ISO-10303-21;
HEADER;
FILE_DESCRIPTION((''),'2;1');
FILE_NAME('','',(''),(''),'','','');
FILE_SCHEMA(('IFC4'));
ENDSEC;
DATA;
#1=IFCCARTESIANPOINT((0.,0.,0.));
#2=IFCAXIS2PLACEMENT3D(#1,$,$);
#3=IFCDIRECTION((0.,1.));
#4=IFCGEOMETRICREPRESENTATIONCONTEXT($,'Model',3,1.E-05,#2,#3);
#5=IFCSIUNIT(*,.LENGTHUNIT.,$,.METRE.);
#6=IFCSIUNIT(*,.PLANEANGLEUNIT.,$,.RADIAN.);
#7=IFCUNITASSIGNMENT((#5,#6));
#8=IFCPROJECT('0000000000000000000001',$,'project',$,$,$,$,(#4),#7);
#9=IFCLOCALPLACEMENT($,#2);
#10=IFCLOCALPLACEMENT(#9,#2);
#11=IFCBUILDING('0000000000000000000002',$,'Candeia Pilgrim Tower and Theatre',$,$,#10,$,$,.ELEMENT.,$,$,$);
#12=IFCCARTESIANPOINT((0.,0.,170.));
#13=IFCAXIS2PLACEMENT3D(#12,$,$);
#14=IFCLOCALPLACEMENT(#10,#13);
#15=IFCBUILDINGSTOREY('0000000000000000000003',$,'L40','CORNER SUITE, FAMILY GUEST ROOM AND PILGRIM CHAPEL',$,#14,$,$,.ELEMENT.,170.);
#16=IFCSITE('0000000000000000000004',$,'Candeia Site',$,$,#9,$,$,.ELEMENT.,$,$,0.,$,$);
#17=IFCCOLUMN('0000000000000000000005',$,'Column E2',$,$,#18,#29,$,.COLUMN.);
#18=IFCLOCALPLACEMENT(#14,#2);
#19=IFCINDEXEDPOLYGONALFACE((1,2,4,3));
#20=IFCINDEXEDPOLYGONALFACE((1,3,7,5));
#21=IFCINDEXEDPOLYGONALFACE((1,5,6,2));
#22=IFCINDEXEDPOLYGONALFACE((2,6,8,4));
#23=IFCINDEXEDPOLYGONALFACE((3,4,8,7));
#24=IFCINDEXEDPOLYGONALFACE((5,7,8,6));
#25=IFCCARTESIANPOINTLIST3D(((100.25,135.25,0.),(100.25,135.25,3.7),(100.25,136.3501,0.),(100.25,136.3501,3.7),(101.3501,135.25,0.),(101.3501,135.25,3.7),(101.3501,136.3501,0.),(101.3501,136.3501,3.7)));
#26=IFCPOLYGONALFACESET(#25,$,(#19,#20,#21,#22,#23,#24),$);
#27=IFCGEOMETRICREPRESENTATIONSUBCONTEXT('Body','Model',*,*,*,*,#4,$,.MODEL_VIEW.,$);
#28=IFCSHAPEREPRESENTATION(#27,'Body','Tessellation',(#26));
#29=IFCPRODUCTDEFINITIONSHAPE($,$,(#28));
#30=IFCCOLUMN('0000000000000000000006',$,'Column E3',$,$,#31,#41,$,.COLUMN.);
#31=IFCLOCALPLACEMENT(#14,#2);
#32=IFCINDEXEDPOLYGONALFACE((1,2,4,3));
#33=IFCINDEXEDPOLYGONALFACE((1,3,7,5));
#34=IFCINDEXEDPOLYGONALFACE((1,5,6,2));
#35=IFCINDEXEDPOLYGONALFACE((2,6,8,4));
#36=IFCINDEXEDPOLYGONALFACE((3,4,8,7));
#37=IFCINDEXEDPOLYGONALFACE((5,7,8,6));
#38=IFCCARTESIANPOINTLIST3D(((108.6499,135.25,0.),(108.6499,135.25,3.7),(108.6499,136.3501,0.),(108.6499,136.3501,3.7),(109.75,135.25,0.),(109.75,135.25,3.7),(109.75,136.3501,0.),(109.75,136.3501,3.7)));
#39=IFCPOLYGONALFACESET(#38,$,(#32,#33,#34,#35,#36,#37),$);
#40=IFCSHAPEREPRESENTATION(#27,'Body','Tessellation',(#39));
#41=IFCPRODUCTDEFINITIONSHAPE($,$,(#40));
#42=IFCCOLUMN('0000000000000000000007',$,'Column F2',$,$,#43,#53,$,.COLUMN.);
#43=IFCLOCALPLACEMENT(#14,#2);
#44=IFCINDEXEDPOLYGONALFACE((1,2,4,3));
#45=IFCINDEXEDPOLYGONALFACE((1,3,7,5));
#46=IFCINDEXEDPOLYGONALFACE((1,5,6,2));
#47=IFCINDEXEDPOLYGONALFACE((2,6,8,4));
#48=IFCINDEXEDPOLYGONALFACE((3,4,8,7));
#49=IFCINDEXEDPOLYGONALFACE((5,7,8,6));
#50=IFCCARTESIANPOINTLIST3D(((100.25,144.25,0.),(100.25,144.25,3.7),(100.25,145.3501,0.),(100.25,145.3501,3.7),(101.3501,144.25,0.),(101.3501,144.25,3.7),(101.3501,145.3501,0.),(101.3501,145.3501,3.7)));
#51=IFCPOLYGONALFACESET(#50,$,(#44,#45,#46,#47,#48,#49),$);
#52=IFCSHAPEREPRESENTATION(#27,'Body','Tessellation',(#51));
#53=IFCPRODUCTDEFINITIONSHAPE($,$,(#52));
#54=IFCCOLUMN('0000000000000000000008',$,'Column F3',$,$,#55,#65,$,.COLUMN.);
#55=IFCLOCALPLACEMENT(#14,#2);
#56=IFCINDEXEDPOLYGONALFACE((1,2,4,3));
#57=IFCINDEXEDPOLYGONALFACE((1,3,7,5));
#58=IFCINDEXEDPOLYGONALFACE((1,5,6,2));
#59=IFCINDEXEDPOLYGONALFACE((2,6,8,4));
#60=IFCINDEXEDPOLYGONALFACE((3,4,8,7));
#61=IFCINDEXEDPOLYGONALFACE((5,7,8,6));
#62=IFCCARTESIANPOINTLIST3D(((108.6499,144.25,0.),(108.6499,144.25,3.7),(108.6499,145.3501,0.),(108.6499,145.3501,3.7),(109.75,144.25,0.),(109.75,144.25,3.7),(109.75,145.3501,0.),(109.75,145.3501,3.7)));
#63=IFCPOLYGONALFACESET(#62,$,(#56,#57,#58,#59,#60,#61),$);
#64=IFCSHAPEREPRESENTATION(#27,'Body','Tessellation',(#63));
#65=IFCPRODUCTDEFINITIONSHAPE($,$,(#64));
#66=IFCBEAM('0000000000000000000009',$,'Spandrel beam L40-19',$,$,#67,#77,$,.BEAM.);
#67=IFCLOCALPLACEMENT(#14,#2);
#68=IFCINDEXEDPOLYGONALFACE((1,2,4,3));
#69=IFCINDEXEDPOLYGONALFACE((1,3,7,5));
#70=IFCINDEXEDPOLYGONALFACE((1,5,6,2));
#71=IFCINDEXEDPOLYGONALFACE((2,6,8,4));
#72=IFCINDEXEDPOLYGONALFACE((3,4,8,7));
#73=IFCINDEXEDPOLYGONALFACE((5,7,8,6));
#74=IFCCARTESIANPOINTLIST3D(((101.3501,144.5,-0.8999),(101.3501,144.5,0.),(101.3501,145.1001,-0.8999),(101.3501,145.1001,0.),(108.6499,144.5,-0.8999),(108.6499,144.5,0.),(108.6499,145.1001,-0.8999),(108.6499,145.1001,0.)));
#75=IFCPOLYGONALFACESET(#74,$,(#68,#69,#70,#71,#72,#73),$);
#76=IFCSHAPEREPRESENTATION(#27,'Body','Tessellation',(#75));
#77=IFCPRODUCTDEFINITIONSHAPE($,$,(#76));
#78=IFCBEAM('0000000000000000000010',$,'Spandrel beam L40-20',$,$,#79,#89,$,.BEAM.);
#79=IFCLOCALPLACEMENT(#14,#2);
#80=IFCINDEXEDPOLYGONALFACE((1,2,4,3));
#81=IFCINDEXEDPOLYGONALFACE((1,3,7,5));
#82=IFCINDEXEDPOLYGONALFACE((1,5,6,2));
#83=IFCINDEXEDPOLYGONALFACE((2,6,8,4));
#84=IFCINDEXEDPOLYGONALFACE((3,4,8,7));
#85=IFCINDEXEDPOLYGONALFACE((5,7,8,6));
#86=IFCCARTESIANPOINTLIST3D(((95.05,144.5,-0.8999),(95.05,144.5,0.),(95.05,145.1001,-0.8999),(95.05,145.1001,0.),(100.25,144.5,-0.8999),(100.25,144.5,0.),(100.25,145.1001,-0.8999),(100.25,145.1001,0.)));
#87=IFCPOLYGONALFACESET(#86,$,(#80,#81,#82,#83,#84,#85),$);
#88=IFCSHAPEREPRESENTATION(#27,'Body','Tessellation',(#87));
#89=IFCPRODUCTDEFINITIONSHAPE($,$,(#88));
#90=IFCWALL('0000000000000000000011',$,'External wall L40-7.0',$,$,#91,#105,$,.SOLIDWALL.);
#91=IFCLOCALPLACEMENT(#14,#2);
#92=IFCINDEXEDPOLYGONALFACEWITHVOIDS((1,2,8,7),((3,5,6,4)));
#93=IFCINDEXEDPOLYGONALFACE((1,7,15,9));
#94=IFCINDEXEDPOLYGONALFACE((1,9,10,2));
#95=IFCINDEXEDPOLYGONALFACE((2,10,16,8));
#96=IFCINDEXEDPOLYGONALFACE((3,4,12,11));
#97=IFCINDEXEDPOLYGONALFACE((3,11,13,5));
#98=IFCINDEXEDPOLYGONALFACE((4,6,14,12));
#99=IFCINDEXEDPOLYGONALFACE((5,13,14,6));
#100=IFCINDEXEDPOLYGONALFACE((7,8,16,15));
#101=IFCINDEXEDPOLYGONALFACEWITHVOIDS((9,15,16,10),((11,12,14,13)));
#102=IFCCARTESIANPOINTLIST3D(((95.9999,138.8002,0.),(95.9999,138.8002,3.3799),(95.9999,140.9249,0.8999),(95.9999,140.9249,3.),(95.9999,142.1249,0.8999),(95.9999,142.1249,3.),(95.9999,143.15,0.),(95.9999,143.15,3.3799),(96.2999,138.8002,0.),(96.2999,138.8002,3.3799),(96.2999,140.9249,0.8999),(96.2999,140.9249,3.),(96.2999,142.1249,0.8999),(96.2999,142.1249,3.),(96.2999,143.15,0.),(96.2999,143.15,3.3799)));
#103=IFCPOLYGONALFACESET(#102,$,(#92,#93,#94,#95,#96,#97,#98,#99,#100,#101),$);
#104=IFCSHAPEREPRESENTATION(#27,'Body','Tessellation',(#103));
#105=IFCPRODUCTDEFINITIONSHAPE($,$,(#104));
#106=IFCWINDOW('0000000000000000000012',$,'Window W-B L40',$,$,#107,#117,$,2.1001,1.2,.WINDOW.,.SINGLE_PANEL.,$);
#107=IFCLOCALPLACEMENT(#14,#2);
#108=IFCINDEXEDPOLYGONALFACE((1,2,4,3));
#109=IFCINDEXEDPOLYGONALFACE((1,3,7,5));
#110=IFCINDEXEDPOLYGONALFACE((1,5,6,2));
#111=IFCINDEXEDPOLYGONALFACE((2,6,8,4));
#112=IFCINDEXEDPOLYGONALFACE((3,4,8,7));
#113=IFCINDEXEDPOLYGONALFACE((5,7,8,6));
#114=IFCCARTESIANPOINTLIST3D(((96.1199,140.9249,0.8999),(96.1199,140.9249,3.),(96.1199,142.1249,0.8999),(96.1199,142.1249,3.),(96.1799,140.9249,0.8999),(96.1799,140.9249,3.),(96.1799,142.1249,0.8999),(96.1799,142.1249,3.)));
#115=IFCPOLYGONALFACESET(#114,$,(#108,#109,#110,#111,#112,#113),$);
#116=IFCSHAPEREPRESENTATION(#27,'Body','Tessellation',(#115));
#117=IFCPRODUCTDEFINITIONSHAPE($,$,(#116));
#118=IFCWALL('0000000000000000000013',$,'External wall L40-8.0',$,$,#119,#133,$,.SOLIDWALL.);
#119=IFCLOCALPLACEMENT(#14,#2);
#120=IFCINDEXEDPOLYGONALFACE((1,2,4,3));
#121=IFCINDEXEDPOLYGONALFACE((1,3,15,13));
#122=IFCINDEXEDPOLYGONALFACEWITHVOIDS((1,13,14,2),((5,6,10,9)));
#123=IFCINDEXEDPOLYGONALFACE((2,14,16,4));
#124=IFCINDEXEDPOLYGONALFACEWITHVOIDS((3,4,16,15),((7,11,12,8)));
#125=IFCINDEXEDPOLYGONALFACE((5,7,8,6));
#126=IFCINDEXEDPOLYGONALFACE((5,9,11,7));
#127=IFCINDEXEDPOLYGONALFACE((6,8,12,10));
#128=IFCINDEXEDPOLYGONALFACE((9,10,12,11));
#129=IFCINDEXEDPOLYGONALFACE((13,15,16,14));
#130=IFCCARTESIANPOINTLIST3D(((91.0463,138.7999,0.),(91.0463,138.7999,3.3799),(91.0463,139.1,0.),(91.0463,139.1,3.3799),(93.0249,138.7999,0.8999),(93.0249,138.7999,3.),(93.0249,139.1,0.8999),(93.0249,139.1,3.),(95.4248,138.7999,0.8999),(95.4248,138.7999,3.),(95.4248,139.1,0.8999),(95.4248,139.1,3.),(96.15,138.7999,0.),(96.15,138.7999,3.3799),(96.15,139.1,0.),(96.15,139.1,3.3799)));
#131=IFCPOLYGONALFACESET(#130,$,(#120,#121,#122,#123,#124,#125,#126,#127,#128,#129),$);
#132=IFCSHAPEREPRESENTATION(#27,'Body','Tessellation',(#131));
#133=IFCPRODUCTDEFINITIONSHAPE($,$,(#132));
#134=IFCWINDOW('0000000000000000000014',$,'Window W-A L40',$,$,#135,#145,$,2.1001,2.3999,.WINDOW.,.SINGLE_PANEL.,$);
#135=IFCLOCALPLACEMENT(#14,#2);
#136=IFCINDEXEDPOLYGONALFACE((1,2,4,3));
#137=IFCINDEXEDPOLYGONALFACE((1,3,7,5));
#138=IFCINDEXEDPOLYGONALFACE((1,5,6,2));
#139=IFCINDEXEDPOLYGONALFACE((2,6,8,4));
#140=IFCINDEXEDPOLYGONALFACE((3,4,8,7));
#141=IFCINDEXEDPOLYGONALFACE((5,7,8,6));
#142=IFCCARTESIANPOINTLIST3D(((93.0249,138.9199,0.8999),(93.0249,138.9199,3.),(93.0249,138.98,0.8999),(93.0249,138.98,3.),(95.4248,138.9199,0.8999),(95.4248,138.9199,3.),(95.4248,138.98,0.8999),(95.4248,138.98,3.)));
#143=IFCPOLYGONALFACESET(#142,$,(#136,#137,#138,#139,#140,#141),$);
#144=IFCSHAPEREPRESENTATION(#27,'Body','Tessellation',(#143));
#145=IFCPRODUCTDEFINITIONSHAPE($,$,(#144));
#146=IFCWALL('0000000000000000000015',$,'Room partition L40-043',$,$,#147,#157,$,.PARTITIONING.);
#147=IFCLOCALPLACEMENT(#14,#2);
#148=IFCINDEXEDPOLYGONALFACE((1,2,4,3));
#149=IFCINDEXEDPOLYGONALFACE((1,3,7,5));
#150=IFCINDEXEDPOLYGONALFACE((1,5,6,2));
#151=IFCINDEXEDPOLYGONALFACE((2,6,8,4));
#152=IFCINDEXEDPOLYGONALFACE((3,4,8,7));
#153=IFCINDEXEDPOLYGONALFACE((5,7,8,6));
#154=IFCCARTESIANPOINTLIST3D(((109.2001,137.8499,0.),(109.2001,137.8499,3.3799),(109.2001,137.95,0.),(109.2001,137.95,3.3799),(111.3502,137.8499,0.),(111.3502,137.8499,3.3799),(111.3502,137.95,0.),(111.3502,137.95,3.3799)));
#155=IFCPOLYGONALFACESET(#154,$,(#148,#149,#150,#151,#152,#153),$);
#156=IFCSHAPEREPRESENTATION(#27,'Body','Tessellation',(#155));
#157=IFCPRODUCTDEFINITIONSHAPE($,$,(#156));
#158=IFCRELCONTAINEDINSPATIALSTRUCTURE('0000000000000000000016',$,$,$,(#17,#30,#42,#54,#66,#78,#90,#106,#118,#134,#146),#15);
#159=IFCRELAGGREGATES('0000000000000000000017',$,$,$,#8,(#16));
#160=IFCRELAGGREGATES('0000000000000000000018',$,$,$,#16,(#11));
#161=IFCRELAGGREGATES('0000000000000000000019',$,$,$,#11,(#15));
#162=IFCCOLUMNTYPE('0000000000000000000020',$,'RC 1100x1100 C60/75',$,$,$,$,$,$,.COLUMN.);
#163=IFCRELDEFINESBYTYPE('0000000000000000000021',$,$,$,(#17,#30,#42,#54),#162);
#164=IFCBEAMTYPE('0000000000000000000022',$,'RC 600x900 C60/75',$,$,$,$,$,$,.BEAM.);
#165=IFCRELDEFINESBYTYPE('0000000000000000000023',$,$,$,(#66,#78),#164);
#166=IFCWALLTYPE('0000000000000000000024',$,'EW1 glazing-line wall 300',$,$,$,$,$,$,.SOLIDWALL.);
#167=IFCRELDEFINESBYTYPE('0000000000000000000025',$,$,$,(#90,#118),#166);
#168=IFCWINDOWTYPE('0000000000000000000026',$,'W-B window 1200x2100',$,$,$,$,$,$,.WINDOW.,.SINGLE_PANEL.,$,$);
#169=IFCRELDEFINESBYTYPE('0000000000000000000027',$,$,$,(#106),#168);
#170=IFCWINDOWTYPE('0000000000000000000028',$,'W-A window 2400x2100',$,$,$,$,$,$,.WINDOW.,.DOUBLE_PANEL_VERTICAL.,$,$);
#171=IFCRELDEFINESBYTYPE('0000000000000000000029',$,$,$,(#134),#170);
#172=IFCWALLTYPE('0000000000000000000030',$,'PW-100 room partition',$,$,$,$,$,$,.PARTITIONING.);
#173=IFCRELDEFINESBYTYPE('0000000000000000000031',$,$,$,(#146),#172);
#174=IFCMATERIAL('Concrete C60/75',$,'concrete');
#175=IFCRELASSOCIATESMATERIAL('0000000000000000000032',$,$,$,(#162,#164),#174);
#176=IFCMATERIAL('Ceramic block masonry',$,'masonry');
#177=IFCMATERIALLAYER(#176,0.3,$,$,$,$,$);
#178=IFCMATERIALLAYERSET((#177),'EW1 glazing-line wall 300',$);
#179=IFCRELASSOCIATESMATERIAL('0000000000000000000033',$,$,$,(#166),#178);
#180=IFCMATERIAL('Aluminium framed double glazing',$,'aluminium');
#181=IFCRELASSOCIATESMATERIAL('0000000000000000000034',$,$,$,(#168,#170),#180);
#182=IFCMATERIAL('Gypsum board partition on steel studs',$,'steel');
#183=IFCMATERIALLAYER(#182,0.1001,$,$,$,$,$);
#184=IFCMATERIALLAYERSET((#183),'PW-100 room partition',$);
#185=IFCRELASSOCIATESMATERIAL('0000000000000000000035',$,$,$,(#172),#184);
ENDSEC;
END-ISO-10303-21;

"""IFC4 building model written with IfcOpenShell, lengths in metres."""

from ifc_helpers import new_model, si_unit, direction, frame, frame_2d, origin, origin_2d, place, context, subcontext, project, spatial, rectangle, extrude, material, layer, layer_set, material_profile, profile_set, type_object, element, fill, save


model = new_model("IFC4")

# Units and contexts
model_context = context("Model", 3, precision=1e-05, world=origin(), true_north=direction((0.0, 1.0)))
body_context = subcontext(model_context, "Body", "Model", "MODEL_VIEW")
ifc_project = project(units=[si_unit("LENGTHUNIT", "METRE"), si_unit("PLANEANGLEUNIT", "RADIAN")], contexts=[model_context])

# Site, building, storey
site_placement = place(None, origin())
site = spatial("IfcSite", under=ifc_project, at=site_placement, Name="Candeia Site", CompositionType="ELEMENT", RefElevation=0.0)
building_placement = place(site_placement, origin())
building = spatial("IfcBuilding", under=site, at=building_placement, Name="Candeia Pilgrim Tower and Theatre", CompositionType="ELEMENT")
storey_placement = place(building_placement, frame((0.0, 0.0, 170.0)))
storey = spatial("IfcBuildingStorey", under=building, at=storey_placement, Name="L40", Description="CORNER SUITE, FAMILY GUEST ROOM AND PILGRIM CHAPEL", CompositionType="ELEMENT", Elevation=170.0)

# Columns
ifc_material_1 = material(Name="Concrete C60/75", Category="concrete")
ifc_material_profile_1 = material_profile(ifc_material_1, rectangle(XDim=1.1001, YDim=1.1001, at=origin_2d()))
ifc_profile_set_1 = profile_set([ifc_material_profile_1], Name="Concrete C60/75")
column_type = type_object("IfcColumnType", Name="RC 1100x1100 C60/75", PredefinedType="COLUMN", material=ifc_profile_set_1)
for number, where, z_axis, x_axis, name in (
    (1, (100.8, 135.8, 0.0), (0.0, 0.0, 1.0), (1.0, 0.0, 0.0), "Column E2"),
    (2, (109.2, 135.8, 0.0), (0.0, 0.0, 1.0), (1.0, 0.0, 0.0), "Column E3"),
    (3, (100.8, 144.8, 0.0), (0.0, 0.0, 1.0), (1.0, 0.0, 0.0), "Column F2"),
    (4, (109.2, 144.8, 0.0), (0.0, 0.0, 1.0), (1.0, 0.0, 0.0), "Column F3"),
):
    element("IfcColumn", number, at=place(storey_placement, frame(where, z_axis=z_axis, x_axis=x_axis)), inside=storey, type_object=column_type, Name=name, PredefinedType="COLUMN", context=body_context, shape_type="SweptSolid", body=[
        extrude(rectangle(XDim=1.1001, YDim=1.1001, at=origin_2d()), origin(), (0.0, 0.0, 1.0), 3.7),
    ])

# Beams
ifc_material_profile_2 = material_profile(ifc_material_1, rectangle(XDim=0.6001, YDim=0.8999, at=origin_2d()))
ifc_profile_set_2 = profile_set([ifc_material_profile_2], Name="Concrete C60/75")
beam_type = type_object("IfcBeamType", Name="RC 600x900 C60/75", PredefinedType="BEAM", material=ifc_profile_set_2)
beam_1_placement = place(storey_placement, frame((108.6499, 144.8, -0.45), z_axis=(-1.0, 0.0, 0.0), x_axis=(0.0, -1.0, 0.0)))
element("IfcBeam", 5, at=beam_1_placement, inside=storey, type_object=beam_type, Name="Spandrel beam L40-19", PredefinedType="BEAM", context=body_context, shape_type="SweptSolid", body=[
    extrude(rectangle(XDim=0.6001, YDim=0.8999, at=origin_2d()), origin(), (0.0, 0.0, 1.0), 7.2998),
])
beam_2_placement = place(storey_placement, frame((100.25, 144.8, -0.45), z_axis=(-1.0, 0.0, 0.0), x_axis=(0.0, -1.0, 0.0)))
element("IfcBeam", 6, at=beam_2_placement, inside=storey, type_object=beam_type, Name="Spandrel beam L40-20", PredefinedType="BEAM", context=body_context, shape_type="SweptSolid", body=[
    extrude(rectangle(XDim=0.6001, YDim=0.8999, at=origin_2d()), origin(), (0.0, 0.0, 1.0), 5.2),
])

# Walls, openings, windows
ifc_material_2 = material(Name="Ceramic block masonry", Category="masonry")
ifc_layer_1 = layer(ifc_material_2, 0.3)
ifc_layer_set_1 = layer_set([ifc_layer_1], Name="EW1 glazing-line wall 300")
wall_type_1 = type_object("IfcWallType", Name="EW1 glazing-line wall 300", PredefinedType="SOLIDWALL", material=ifc_layer_set_1)
wall_1_placement = place(storey_placement, frame((96.1499, 143.1499, 0.0), z_axis=(0.0, 0.0, 1.0), x_axis=(0.0, -1.0, 0.0)))
wall_1 = element("IfcWall", 7, at=wall_1_placement, inside=storey, type_object=wall_type_1, Name="External wall L40-7.0", PredefinedType="SOLIDWALL", context=body_context, shape_type="SweptSolid", body=[
    extrude(rectangle(XDim=4.3499, YDim=0.3, at=frame_2d((2.1748, 0.0))), origin(), (0.0, 0.0, 1.0), 3.3799),
])
opening_1_placement = place(wall_1_placement, frame((1.0249, 0.0, 0.8999)))
opening_1 = element("IfcOpeningElement", 8, at=opening_1_placement, cuts=wall_1, PredefinedType="OPENING", context=body_context, shape_type="SweptSolid", body=[
    extrude(rectangle(XDim=1.2, YDim=2.1001, at=frame_2d((0.6001, 1.05))), frame((0.0, 0.1602, 0.0), z_axis=(0.0, -1.0, 0.0), x_axis=(1.0, 0.0, 0.0)), (0.0, 0.0, 1.0), 0.3201),
])
ifc_material_3 = material(Name="Aluminium framed double glazing", Category="aluminium")
window_type_1 = type_object("IfcWindowType", Name="W-B window 1200x2100", PartitioningType="SINGLE_PANEL", PredefinedType="WINDOW", material=ifc_material_3)
window_1_placement = place(opening_1_placement, origin())
window_1 = element("IfcWindow", 9, at=window_1_placement, inside=storey, type_object=window_type_1, Name="Window W-B L40", OverallHeight=2.1001, OverallWidth=1.2, PartitioningType="SINGLE_PANEL", PredefinedType="WINDOW", context=body_context, shape_type="SweptSolid", body=[
    extrude(rectangle(XDim=1.2, YDim=2.1001, at=frame_2d((0.6001, 1.05))), frame((0.0, 0.03, 0.0), z_axis=(0.0, -1.0, 0.0), x_axis=(1.0, 0.0, 0.0)), (0.0, 0.0, 1.0), 0.0601),
])
fill(opening_1, window_1)
wall_2_placement = place(storey_placement, frame((96.1499, 138.95, 0.0), z_axis=(0.0, 0.0, 1.0), x_axis=(-1.0, 0.0, 0.0)))
wall_2 = element("IfcWall", 10, at=wall_2_placement, inside=storey, type_object=wall_type_1, Name="External wall L40-8.0", PredefinedType="SOLIDWALL", context=body_context, shape_type="SweptSolid", body=[
    extrude(rectangle(XDim=5.1038, YDim=0.3, at=frame_2d((2.5518, 0.0))), origin(), (0.0, 0.0, 1.0), 3.3799),
])
opening_2_placement = place(wall_2_placement, frame((0.7251, 0.0, 0.8999)))
opening_2 = element("IfcOpeningElement", 11, at=opening_2_placement, cuts=wall_2, PredefinedType="OPENING", context=body_context, shape_type="SweptSolid", body=[
    extrude(rectangle(XDim=2.3999, YDim=2.1001, at=frame_2d((1.2, 1.05))), frame((0.0, 0.1602, 0.0), z_axis=(0.0, -1.0, 0.0), x_axis=(1.0, 0.0, 0.0)), (0.0, 0.0, 1.0), 0.3201),
])
window_type_2 = type_object("IfcWindowType", Name="W-A window 2400x2100", PartitioningType="DOUBLE_PANEL_VERTICAL", PredefinedType="WINDOW", material=ifc_material_3)
window_2_placement = place(opening_2_placement, origin())
window_2 = element("IfcWindow", 12, at=window_2_placement, inside=storey, type_object=window_type_2, Name="Window W-A L40", OverallHeight=2.1001, OverallWidth=2.3999, PartitioningType="SINGLE_PANEL", PredefinedType="WINDOW", context=body_context, shape_type="SweptSolid", body=[
    extrude(rectangle(XDim=2.3999, YDim=2.1001, at=frame_2d((1.2, 1.05))), frame((0.0, 0.03, 0.0), z_axis=(0.0, -1.0, 0.0), x_axis=(1.0, 0.0, 0.0)), (0.0, 0.0, 1.0), 0.0601),
])
fill(opening_2, window_2)

# Wall
ifc_material_4 = material(Name="Gypsum board partition on steel studs", Category="steel")
ifc_layer_2 = layer(ifc_material_4, 0.1001)
ifc_layer_set_2 = layer_set([ifc_layer_2], Name="PW-100 room partition")
wall_type_2 = type_object("IfcWallType", Name="PW-100 room partition", PredefinedType="PARTITIONING", material=ifc_layer_set_2)
wall_3_placement = place(storey_placement, frame((109.2, 137.8999, 0.0), z_axis=(0.0, 0.0, 1.0), x_axis=(1.0, 0.0, 0.0)))
element("IfcWall", 13, at=wall_3_placement, inside=storey, type_object=wall_type_2, Name="Room partition L40-043", PredefinedType="PARTITIONING", context=body_context, shape_type="SweptSolid", body=[
    extrude(rectangle(XDim=2.1501, YDim=0.1001, at=frame_2d((1.0752, 0.0))), origin(), (0.0, 0.0, 1.0), 3.3799),
])

save(model, "model.ifc")
